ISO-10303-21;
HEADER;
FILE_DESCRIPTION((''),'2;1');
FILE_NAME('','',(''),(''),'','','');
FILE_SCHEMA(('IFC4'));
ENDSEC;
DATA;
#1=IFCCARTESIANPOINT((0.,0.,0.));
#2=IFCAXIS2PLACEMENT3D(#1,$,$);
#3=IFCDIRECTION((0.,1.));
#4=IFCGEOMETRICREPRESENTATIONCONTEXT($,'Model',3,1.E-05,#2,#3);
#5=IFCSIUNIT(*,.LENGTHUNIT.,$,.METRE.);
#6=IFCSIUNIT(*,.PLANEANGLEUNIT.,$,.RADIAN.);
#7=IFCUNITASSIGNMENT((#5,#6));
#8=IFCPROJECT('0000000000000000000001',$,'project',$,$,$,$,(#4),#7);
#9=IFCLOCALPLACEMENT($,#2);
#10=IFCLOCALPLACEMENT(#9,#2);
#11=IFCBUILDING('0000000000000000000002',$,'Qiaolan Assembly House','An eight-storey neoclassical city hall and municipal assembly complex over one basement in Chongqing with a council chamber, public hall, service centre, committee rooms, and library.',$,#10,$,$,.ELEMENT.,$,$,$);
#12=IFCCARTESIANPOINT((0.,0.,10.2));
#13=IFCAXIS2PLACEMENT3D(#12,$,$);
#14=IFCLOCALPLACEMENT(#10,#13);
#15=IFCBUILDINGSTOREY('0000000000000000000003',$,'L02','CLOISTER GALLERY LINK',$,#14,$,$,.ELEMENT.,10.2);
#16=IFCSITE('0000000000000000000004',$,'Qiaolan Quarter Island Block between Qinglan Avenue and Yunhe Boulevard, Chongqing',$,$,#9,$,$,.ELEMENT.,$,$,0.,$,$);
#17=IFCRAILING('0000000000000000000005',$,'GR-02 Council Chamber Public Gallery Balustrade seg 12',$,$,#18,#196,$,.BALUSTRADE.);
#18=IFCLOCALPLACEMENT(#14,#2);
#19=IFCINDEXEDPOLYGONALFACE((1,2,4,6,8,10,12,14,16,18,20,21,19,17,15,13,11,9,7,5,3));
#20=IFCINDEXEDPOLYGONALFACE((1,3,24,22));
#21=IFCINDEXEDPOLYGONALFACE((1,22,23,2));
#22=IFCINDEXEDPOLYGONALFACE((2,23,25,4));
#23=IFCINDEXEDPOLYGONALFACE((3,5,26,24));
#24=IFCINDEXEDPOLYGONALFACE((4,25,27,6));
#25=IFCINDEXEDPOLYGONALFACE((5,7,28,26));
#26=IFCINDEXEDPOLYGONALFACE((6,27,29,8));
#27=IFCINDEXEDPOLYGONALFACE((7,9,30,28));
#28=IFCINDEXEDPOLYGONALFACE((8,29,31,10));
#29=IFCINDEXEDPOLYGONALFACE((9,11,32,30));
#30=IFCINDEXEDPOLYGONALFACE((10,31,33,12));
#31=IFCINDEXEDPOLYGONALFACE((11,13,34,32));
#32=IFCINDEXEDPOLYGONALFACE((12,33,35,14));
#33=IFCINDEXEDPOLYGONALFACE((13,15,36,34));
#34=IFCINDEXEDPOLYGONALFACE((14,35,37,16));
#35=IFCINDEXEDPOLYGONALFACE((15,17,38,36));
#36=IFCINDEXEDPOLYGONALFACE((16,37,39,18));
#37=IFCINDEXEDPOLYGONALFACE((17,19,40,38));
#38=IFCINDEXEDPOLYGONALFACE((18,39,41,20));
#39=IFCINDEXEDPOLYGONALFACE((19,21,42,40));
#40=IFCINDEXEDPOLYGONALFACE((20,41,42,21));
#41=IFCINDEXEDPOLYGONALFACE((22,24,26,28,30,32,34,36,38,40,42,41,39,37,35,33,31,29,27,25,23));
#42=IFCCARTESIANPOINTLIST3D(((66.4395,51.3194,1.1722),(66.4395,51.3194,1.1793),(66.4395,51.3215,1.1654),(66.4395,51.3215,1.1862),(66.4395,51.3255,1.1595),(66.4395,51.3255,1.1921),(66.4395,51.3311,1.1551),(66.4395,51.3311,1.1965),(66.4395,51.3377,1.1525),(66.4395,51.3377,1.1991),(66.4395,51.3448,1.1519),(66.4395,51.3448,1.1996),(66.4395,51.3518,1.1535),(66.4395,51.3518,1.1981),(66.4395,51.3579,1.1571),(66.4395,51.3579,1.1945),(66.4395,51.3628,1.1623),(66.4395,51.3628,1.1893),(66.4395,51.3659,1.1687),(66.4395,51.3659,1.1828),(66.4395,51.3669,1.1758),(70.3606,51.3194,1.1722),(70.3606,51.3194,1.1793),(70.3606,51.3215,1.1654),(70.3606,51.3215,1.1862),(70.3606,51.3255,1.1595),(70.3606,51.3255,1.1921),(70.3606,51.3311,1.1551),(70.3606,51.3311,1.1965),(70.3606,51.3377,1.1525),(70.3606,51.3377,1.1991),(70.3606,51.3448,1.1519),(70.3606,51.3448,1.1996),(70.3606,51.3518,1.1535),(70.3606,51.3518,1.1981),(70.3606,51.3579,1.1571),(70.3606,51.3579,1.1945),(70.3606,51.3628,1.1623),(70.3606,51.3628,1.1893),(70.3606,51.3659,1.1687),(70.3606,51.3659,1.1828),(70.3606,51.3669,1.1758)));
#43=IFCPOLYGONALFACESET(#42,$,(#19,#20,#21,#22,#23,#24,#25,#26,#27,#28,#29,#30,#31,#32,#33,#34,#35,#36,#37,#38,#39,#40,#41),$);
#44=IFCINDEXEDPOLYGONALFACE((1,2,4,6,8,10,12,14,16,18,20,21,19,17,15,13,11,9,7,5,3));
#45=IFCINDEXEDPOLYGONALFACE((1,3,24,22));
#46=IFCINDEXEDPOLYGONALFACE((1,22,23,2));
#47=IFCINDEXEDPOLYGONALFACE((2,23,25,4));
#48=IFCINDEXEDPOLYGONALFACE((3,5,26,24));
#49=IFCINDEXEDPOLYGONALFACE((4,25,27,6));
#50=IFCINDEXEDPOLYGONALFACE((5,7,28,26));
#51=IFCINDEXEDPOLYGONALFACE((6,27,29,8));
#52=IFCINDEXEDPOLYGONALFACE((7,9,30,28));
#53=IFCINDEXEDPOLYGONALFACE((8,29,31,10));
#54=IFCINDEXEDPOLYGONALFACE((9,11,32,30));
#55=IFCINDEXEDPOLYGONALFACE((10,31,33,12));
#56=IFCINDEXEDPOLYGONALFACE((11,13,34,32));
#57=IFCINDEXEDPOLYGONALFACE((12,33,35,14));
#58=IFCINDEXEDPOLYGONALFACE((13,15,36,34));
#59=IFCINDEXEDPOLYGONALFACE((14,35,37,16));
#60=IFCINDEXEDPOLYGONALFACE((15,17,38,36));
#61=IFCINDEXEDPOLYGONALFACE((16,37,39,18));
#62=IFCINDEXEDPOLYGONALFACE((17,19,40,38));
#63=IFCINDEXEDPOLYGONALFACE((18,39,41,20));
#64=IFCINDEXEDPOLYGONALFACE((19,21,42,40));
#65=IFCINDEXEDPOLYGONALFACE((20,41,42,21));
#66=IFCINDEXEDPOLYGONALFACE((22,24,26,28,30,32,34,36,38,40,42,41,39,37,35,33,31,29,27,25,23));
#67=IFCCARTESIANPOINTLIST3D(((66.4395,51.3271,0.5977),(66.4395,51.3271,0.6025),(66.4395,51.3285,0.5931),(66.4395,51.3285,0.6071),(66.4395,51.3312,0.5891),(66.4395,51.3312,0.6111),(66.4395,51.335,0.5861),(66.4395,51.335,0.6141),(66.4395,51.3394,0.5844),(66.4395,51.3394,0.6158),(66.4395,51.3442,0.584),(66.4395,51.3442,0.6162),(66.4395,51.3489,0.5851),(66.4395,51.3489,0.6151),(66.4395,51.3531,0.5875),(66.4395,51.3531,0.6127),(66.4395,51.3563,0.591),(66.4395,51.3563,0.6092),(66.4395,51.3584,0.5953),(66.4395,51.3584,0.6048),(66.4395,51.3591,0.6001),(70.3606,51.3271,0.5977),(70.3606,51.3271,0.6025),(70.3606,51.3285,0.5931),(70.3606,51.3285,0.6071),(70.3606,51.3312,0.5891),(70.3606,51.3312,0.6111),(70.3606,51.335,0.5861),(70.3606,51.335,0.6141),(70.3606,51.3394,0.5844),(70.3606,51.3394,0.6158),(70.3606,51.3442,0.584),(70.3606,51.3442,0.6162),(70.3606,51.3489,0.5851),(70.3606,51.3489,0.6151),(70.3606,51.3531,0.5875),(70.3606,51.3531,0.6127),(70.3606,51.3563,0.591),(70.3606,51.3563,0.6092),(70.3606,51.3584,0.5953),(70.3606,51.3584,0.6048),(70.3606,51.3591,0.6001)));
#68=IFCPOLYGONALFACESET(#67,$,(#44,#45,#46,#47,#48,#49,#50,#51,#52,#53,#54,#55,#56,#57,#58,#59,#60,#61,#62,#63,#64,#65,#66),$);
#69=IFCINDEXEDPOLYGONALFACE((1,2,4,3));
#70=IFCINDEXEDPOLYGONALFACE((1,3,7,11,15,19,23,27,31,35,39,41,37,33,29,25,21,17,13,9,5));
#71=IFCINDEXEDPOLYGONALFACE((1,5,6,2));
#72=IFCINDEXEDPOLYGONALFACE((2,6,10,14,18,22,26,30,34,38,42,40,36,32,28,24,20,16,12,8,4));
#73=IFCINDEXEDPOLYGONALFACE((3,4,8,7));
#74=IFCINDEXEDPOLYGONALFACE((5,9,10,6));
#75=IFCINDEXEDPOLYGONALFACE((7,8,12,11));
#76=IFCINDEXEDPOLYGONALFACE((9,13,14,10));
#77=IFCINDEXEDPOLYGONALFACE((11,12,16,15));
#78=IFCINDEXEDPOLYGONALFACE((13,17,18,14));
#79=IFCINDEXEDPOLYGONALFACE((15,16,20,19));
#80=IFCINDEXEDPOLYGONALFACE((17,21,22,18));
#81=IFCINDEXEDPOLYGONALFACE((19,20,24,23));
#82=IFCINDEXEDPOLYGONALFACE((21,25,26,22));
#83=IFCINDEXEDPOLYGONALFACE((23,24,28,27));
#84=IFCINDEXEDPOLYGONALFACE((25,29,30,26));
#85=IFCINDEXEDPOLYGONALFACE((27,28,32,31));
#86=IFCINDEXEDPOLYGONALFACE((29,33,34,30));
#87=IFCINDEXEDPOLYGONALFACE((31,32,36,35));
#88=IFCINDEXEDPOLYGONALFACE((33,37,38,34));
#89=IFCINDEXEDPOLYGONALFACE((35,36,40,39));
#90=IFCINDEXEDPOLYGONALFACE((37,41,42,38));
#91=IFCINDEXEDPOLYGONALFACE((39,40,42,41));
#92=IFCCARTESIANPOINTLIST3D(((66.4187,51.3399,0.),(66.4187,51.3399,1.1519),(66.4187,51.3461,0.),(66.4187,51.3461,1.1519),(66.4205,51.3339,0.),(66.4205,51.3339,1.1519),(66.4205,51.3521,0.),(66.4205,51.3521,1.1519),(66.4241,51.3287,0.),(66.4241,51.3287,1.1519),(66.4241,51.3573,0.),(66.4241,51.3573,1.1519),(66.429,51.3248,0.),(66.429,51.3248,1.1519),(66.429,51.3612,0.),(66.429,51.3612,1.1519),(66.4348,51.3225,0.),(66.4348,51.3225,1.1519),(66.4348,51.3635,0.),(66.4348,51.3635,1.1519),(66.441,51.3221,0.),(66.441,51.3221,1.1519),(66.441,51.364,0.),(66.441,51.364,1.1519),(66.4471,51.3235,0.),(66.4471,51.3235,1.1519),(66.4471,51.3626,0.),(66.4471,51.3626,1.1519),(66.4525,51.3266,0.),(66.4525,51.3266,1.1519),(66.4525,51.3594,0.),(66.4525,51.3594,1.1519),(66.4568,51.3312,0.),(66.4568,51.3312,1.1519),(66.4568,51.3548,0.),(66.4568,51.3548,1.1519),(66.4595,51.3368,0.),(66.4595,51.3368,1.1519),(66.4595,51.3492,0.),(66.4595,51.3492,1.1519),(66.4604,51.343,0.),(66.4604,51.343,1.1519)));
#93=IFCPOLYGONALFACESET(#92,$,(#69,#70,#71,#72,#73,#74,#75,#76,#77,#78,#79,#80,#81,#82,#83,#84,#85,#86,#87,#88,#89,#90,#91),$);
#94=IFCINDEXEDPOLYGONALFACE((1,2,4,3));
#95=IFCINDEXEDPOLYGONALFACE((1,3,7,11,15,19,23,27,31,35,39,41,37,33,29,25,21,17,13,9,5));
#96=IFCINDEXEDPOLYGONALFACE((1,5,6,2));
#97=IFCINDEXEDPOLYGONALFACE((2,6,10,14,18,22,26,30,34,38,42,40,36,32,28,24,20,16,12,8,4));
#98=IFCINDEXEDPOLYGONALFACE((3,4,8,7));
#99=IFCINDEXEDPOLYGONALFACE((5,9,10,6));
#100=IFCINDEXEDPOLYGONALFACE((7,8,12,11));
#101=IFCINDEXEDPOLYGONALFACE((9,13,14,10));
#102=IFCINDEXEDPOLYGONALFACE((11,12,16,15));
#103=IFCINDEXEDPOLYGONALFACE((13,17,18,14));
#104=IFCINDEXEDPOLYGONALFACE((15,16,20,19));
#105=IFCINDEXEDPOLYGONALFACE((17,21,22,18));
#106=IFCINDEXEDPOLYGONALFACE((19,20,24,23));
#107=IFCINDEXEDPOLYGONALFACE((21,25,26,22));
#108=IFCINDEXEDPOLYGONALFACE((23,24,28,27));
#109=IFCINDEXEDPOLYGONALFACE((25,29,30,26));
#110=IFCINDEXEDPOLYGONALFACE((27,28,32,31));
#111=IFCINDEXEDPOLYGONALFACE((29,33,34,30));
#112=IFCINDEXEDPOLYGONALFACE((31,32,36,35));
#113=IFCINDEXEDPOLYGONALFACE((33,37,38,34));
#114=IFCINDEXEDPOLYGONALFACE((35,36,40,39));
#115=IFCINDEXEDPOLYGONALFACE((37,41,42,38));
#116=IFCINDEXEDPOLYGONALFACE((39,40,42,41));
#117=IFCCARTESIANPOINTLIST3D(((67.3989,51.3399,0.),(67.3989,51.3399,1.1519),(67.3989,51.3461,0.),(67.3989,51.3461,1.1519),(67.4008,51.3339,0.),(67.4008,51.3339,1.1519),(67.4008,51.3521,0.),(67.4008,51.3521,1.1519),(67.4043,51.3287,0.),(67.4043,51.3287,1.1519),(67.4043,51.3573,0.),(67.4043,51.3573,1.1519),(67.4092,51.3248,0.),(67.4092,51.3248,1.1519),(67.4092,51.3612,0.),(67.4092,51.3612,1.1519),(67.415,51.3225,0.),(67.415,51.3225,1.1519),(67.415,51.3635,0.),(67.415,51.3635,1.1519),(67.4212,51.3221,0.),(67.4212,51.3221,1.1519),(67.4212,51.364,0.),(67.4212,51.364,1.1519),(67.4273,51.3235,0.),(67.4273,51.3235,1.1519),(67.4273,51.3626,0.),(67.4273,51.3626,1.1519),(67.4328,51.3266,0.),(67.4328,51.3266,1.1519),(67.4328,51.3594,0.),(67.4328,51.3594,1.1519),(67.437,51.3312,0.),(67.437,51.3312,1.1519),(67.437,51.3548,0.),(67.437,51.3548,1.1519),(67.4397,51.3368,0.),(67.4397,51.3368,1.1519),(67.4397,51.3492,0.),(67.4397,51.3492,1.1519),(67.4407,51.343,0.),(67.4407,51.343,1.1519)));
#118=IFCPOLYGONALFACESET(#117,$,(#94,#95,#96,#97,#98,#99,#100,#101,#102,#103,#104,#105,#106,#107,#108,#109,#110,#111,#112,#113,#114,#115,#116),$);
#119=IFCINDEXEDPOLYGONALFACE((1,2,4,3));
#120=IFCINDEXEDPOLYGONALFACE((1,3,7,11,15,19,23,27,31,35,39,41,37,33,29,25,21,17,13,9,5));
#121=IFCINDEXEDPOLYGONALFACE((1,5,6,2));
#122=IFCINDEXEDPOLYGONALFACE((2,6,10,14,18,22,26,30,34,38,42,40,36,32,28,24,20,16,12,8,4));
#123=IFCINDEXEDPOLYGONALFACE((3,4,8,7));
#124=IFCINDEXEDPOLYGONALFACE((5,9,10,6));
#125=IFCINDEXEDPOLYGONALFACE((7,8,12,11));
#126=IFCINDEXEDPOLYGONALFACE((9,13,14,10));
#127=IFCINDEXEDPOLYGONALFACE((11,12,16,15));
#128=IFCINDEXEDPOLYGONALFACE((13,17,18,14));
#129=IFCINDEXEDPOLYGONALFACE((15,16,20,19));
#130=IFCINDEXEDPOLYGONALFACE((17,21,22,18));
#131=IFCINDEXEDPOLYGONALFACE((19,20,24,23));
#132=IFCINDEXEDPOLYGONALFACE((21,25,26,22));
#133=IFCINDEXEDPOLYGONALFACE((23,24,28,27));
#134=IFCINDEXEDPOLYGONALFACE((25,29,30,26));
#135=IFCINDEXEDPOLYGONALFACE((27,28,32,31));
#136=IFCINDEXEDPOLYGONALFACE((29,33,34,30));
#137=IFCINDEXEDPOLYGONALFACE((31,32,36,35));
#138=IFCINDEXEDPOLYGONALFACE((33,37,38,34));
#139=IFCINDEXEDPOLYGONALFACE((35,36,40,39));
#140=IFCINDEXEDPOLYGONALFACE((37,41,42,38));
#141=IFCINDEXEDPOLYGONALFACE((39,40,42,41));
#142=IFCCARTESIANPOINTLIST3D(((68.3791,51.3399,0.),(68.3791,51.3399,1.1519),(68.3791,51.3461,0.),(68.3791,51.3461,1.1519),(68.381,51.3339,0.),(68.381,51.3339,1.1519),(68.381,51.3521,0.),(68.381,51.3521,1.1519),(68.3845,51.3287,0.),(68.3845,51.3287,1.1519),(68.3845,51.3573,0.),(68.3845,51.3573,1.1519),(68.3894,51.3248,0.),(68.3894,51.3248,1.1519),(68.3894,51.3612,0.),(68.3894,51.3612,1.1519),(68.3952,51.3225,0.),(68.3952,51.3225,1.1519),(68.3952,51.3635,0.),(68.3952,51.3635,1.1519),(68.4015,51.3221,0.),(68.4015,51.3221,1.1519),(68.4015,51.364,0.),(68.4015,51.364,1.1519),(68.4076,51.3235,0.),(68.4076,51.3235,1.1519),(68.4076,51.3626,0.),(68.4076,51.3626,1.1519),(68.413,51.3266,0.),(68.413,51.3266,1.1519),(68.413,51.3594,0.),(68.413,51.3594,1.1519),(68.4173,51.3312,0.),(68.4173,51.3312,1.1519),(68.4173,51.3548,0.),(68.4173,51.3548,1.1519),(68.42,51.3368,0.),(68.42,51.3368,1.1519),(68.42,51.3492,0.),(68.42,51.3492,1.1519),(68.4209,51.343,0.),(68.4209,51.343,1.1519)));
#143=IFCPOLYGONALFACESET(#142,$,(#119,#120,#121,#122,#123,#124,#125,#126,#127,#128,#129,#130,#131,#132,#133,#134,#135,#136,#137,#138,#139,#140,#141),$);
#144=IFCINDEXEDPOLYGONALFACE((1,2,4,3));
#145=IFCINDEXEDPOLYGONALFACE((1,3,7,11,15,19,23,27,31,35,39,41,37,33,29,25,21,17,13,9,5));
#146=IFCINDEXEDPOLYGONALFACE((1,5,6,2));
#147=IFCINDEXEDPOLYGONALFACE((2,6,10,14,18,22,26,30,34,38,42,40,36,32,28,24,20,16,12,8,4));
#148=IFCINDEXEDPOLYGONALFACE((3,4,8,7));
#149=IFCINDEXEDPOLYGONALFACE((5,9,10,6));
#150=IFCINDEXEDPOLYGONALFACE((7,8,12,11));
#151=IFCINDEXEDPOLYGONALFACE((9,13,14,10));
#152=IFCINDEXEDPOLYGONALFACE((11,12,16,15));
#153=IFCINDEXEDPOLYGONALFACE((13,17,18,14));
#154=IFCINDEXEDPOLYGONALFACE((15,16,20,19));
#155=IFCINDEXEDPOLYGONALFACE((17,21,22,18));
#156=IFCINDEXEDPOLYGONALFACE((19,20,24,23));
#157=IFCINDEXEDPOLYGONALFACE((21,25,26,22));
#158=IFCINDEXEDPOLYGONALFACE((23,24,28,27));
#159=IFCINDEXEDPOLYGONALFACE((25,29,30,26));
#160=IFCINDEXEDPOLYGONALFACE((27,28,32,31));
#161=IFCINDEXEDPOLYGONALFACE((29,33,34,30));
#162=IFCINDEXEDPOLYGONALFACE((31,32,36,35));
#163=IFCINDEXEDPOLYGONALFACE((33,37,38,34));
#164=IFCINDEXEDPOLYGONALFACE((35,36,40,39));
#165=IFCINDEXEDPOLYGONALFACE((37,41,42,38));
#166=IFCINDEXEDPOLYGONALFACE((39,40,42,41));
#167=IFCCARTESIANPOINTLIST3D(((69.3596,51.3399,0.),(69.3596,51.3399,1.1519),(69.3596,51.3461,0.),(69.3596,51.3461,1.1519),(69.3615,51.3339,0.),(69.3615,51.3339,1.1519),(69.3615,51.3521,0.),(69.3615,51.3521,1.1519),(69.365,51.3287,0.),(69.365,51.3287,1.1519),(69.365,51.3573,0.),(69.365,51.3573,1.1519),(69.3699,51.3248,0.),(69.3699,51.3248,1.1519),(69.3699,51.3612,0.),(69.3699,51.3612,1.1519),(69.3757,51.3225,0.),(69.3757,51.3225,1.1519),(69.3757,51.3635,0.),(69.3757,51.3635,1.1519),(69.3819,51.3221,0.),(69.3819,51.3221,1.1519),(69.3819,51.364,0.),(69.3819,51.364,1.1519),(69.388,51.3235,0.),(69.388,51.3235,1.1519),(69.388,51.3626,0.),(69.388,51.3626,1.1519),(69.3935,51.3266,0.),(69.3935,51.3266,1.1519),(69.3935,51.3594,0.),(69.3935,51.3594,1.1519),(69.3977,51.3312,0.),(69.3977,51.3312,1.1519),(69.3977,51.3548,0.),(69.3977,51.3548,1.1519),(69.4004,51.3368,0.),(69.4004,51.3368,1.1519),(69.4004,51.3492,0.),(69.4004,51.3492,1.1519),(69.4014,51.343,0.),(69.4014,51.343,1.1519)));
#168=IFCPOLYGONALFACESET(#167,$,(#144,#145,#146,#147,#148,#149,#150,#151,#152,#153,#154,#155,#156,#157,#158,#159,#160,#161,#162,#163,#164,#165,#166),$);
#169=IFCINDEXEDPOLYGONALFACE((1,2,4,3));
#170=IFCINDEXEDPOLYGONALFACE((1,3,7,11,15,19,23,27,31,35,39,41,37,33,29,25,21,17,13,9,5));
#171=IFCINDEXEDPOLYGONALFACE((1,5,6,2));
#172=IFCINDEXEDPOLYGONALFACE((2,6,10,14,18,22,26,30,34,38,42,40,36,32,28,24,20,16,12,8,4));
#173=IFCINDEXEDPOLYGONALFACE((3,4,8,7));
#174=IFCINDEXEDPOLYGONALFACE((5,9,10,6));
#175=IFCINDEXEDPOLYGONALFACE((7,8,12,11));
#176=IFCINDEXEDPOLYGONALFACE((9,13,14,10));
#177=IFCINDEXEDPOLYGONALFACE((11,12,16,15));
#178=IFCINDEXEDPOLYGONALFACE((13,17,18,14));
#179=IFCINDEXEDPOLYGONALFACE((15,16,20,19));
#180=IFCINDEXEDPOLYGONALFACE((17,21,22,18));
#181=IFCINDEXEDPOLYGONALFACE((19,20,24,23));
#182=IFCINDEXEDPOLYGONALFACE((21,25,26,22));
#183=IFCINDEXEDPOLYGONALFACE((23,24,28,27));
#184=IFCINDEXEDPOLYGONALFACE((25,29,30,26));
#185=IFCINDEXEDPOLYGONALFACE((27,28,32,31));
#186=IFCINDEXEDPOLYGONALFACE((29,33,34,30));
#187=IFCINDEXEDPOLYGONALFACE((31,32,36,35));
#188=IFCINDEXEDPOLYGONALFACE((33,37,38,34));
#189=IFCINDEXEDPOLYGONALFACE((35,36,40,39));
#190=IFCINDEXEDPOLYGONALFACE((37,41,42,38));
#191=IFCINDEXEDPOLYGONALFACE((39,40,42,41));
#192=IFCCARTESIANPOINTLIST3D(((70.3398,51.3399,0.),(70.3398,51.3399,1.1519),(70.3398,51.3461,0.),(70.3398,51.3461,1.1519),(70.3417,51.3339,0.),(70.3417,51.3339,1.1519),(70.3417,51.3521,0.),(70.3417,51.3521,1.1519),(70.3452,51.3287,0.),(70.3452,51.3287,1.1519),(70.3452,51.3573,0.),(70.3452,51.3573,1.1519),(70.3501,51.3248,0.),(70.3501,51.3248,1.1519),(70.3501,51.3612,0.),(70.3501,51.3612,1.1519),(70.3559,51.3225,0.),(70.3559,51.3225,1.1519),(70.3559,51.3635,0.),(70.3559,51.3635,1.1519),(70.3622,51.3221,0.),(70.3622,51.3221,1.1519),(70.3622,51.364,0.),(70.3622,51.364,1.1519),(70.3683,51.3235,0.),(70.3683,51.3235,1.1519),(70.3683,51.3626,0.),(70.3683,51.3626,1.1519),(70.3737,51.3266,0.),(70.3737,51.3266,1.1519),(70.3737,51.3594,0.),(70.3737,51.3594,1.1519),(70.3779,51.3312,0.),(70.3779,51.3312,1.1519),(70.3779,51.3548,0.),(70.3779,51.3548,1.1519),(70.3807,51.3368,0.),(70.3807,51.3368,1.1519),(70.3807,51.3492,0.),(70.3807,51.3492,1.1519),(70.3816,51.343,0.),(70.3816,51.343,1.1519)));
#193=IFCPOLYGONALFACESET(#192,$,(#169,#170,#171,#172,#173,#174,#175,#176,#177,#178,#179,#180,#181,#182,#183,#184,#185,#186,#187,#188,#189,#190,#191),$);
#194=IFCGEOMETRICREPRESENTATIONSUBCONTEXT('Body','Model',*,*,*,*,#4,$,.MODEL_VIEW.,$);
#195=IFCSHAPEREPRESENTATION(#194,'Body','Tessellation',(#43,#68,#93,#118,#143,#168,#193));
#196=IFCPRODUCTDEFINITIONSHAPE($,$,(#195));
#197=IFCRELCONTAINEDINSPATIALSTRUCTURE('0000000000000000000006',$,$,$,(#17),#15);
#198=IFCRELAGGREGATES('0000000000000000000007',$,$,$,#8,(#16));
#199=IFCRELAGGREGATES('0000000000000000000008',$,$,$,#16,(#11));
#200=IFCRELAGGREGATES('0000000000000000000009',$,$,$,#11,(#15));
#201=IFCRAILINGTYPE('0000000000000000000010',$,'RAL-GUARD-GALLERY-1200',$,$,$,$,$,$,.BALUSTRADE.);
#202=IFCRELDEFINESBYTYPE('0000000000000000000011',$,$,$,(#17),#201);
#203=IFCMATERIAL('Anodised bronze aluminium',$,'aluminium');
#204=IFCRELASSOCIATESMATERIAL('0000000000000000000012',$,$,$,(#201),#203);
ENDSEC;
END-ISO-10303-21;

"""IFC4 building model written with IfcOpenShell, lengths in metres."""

from ifc_helpers import new_model, si_unit, direction, frame, origin, origin_2d, place, context, subcontext, project, spatial, circle, extrude, material, type_object, element, save


model = new_model("IFC4")

# Units and contexts
model_context = context("Model", 3, precision=1e-05, world=origin(), true_north=direction((0.0, 1.0)))
body_context = subcontext(model_context, "Body", "Model", "MODEL_VIEW")
ifc_project = project(units=[si_unit("LENGTHUNIT", "METRE"), si_unit("PLANEANGLEUNIT", "RADIAN")], contexts=[model_context])

# Site, building, storey
site_placement = place(None, origin())
site = spatial("IfcSite", under=ifc_project, at=site_placement, Name="Qiaolan Quarter Island Block between Qinglan Avenue and Yunhe Boulevard, Chongqing", CompositionType="ELEMENT", RefElevation=0.0)
building_placement = place(site_placement, origin())
building = spatial("IfcBuilding", under=site, at=building_placement, Name="Qiaolan Assembly House", Description="An eight-storey neoclassical city hall and municipal assembly complex over one basement in Chongqing with a council chamber, public hall, service centre, committee rooms, and library.", CompositionType="ELEMENT")
storey_placement = place(building_placement, frame((0.0, 0.0, 10.2)))
storey = spatial("IfcBuildingStorey", under=building, at=storey_placement, Name="L02", Description="CLOISTER GALLERY LINK", CompositionType="ELEMENT", Elevation=10.2)

# Railing
ifc_material_1 = material(Name="Anodised bronze aluminium", Category="aluminium")
railing_type = type_object("IfcRailingType", Name="RAL-GUARD-GALLERY-1200", PredefinedType="BALUSTRADE", material=ifc_material_1)
railing_1_placement = place(storey_placement, frame((66.4395, 51.343, 0.0)))
element("IfcRailing", 1, at=railing_1_placement, inside=storey, type_object=railing_type, Name="GR-02 Council Chamber Public Gallery Balustrade seg 12", PredefinedType="BALUSTRADE", context=body_context, shape_type="SweptSolid", body=[
    extrude(circle(Radius=0.0239, at=origin_2d()), frame((0.0, 0.0, 1.1758), z_axis=(1.0, 0.0, 0.0), x_axis=(0.0, 1.0, 0.0)), (0.0, 0.0, 1.0), 3.9211),
    extrude(circle(Radius=0.0161, at=origin_2d()), frame((0.0, 0.0, 0.6001), z_axis=(1.0, 0.0, 0.0), x_axis=(0.0, 1.0, 0.0)), (0.0, 0.0, 1.0), 3.9211),
    extrude(circle(Radius=0.021, at=origin_2d()), origin(), (0.0, 0.0, 1.0), 1.1519),
    extrude(circle(Radius=0.021, at=origin_2d()), frame((0.9802, 0.0, 0.0)), (0.0, 0.0, 1.0), 1.1519),
    extrude(circle(Radius=0.021, at=origin_2d()), frame((1.9604, 0.0, 0.0)), (0.0, 0.0, 1.0), 1.1519),
    extrude(circle(Radius=0.021, at=origin_2d()), frame((2.9409, 0.0, 0.0)), (0.0, 0.0, 1.0), 1.1519),
    extrude(circle(Radius=0.021, at=origin_2d()), frame((3.9211, 0.0, 0.0)), (0.0, 0.0, 1.0), 1.1519),
])

save(model, "model.ifc")
